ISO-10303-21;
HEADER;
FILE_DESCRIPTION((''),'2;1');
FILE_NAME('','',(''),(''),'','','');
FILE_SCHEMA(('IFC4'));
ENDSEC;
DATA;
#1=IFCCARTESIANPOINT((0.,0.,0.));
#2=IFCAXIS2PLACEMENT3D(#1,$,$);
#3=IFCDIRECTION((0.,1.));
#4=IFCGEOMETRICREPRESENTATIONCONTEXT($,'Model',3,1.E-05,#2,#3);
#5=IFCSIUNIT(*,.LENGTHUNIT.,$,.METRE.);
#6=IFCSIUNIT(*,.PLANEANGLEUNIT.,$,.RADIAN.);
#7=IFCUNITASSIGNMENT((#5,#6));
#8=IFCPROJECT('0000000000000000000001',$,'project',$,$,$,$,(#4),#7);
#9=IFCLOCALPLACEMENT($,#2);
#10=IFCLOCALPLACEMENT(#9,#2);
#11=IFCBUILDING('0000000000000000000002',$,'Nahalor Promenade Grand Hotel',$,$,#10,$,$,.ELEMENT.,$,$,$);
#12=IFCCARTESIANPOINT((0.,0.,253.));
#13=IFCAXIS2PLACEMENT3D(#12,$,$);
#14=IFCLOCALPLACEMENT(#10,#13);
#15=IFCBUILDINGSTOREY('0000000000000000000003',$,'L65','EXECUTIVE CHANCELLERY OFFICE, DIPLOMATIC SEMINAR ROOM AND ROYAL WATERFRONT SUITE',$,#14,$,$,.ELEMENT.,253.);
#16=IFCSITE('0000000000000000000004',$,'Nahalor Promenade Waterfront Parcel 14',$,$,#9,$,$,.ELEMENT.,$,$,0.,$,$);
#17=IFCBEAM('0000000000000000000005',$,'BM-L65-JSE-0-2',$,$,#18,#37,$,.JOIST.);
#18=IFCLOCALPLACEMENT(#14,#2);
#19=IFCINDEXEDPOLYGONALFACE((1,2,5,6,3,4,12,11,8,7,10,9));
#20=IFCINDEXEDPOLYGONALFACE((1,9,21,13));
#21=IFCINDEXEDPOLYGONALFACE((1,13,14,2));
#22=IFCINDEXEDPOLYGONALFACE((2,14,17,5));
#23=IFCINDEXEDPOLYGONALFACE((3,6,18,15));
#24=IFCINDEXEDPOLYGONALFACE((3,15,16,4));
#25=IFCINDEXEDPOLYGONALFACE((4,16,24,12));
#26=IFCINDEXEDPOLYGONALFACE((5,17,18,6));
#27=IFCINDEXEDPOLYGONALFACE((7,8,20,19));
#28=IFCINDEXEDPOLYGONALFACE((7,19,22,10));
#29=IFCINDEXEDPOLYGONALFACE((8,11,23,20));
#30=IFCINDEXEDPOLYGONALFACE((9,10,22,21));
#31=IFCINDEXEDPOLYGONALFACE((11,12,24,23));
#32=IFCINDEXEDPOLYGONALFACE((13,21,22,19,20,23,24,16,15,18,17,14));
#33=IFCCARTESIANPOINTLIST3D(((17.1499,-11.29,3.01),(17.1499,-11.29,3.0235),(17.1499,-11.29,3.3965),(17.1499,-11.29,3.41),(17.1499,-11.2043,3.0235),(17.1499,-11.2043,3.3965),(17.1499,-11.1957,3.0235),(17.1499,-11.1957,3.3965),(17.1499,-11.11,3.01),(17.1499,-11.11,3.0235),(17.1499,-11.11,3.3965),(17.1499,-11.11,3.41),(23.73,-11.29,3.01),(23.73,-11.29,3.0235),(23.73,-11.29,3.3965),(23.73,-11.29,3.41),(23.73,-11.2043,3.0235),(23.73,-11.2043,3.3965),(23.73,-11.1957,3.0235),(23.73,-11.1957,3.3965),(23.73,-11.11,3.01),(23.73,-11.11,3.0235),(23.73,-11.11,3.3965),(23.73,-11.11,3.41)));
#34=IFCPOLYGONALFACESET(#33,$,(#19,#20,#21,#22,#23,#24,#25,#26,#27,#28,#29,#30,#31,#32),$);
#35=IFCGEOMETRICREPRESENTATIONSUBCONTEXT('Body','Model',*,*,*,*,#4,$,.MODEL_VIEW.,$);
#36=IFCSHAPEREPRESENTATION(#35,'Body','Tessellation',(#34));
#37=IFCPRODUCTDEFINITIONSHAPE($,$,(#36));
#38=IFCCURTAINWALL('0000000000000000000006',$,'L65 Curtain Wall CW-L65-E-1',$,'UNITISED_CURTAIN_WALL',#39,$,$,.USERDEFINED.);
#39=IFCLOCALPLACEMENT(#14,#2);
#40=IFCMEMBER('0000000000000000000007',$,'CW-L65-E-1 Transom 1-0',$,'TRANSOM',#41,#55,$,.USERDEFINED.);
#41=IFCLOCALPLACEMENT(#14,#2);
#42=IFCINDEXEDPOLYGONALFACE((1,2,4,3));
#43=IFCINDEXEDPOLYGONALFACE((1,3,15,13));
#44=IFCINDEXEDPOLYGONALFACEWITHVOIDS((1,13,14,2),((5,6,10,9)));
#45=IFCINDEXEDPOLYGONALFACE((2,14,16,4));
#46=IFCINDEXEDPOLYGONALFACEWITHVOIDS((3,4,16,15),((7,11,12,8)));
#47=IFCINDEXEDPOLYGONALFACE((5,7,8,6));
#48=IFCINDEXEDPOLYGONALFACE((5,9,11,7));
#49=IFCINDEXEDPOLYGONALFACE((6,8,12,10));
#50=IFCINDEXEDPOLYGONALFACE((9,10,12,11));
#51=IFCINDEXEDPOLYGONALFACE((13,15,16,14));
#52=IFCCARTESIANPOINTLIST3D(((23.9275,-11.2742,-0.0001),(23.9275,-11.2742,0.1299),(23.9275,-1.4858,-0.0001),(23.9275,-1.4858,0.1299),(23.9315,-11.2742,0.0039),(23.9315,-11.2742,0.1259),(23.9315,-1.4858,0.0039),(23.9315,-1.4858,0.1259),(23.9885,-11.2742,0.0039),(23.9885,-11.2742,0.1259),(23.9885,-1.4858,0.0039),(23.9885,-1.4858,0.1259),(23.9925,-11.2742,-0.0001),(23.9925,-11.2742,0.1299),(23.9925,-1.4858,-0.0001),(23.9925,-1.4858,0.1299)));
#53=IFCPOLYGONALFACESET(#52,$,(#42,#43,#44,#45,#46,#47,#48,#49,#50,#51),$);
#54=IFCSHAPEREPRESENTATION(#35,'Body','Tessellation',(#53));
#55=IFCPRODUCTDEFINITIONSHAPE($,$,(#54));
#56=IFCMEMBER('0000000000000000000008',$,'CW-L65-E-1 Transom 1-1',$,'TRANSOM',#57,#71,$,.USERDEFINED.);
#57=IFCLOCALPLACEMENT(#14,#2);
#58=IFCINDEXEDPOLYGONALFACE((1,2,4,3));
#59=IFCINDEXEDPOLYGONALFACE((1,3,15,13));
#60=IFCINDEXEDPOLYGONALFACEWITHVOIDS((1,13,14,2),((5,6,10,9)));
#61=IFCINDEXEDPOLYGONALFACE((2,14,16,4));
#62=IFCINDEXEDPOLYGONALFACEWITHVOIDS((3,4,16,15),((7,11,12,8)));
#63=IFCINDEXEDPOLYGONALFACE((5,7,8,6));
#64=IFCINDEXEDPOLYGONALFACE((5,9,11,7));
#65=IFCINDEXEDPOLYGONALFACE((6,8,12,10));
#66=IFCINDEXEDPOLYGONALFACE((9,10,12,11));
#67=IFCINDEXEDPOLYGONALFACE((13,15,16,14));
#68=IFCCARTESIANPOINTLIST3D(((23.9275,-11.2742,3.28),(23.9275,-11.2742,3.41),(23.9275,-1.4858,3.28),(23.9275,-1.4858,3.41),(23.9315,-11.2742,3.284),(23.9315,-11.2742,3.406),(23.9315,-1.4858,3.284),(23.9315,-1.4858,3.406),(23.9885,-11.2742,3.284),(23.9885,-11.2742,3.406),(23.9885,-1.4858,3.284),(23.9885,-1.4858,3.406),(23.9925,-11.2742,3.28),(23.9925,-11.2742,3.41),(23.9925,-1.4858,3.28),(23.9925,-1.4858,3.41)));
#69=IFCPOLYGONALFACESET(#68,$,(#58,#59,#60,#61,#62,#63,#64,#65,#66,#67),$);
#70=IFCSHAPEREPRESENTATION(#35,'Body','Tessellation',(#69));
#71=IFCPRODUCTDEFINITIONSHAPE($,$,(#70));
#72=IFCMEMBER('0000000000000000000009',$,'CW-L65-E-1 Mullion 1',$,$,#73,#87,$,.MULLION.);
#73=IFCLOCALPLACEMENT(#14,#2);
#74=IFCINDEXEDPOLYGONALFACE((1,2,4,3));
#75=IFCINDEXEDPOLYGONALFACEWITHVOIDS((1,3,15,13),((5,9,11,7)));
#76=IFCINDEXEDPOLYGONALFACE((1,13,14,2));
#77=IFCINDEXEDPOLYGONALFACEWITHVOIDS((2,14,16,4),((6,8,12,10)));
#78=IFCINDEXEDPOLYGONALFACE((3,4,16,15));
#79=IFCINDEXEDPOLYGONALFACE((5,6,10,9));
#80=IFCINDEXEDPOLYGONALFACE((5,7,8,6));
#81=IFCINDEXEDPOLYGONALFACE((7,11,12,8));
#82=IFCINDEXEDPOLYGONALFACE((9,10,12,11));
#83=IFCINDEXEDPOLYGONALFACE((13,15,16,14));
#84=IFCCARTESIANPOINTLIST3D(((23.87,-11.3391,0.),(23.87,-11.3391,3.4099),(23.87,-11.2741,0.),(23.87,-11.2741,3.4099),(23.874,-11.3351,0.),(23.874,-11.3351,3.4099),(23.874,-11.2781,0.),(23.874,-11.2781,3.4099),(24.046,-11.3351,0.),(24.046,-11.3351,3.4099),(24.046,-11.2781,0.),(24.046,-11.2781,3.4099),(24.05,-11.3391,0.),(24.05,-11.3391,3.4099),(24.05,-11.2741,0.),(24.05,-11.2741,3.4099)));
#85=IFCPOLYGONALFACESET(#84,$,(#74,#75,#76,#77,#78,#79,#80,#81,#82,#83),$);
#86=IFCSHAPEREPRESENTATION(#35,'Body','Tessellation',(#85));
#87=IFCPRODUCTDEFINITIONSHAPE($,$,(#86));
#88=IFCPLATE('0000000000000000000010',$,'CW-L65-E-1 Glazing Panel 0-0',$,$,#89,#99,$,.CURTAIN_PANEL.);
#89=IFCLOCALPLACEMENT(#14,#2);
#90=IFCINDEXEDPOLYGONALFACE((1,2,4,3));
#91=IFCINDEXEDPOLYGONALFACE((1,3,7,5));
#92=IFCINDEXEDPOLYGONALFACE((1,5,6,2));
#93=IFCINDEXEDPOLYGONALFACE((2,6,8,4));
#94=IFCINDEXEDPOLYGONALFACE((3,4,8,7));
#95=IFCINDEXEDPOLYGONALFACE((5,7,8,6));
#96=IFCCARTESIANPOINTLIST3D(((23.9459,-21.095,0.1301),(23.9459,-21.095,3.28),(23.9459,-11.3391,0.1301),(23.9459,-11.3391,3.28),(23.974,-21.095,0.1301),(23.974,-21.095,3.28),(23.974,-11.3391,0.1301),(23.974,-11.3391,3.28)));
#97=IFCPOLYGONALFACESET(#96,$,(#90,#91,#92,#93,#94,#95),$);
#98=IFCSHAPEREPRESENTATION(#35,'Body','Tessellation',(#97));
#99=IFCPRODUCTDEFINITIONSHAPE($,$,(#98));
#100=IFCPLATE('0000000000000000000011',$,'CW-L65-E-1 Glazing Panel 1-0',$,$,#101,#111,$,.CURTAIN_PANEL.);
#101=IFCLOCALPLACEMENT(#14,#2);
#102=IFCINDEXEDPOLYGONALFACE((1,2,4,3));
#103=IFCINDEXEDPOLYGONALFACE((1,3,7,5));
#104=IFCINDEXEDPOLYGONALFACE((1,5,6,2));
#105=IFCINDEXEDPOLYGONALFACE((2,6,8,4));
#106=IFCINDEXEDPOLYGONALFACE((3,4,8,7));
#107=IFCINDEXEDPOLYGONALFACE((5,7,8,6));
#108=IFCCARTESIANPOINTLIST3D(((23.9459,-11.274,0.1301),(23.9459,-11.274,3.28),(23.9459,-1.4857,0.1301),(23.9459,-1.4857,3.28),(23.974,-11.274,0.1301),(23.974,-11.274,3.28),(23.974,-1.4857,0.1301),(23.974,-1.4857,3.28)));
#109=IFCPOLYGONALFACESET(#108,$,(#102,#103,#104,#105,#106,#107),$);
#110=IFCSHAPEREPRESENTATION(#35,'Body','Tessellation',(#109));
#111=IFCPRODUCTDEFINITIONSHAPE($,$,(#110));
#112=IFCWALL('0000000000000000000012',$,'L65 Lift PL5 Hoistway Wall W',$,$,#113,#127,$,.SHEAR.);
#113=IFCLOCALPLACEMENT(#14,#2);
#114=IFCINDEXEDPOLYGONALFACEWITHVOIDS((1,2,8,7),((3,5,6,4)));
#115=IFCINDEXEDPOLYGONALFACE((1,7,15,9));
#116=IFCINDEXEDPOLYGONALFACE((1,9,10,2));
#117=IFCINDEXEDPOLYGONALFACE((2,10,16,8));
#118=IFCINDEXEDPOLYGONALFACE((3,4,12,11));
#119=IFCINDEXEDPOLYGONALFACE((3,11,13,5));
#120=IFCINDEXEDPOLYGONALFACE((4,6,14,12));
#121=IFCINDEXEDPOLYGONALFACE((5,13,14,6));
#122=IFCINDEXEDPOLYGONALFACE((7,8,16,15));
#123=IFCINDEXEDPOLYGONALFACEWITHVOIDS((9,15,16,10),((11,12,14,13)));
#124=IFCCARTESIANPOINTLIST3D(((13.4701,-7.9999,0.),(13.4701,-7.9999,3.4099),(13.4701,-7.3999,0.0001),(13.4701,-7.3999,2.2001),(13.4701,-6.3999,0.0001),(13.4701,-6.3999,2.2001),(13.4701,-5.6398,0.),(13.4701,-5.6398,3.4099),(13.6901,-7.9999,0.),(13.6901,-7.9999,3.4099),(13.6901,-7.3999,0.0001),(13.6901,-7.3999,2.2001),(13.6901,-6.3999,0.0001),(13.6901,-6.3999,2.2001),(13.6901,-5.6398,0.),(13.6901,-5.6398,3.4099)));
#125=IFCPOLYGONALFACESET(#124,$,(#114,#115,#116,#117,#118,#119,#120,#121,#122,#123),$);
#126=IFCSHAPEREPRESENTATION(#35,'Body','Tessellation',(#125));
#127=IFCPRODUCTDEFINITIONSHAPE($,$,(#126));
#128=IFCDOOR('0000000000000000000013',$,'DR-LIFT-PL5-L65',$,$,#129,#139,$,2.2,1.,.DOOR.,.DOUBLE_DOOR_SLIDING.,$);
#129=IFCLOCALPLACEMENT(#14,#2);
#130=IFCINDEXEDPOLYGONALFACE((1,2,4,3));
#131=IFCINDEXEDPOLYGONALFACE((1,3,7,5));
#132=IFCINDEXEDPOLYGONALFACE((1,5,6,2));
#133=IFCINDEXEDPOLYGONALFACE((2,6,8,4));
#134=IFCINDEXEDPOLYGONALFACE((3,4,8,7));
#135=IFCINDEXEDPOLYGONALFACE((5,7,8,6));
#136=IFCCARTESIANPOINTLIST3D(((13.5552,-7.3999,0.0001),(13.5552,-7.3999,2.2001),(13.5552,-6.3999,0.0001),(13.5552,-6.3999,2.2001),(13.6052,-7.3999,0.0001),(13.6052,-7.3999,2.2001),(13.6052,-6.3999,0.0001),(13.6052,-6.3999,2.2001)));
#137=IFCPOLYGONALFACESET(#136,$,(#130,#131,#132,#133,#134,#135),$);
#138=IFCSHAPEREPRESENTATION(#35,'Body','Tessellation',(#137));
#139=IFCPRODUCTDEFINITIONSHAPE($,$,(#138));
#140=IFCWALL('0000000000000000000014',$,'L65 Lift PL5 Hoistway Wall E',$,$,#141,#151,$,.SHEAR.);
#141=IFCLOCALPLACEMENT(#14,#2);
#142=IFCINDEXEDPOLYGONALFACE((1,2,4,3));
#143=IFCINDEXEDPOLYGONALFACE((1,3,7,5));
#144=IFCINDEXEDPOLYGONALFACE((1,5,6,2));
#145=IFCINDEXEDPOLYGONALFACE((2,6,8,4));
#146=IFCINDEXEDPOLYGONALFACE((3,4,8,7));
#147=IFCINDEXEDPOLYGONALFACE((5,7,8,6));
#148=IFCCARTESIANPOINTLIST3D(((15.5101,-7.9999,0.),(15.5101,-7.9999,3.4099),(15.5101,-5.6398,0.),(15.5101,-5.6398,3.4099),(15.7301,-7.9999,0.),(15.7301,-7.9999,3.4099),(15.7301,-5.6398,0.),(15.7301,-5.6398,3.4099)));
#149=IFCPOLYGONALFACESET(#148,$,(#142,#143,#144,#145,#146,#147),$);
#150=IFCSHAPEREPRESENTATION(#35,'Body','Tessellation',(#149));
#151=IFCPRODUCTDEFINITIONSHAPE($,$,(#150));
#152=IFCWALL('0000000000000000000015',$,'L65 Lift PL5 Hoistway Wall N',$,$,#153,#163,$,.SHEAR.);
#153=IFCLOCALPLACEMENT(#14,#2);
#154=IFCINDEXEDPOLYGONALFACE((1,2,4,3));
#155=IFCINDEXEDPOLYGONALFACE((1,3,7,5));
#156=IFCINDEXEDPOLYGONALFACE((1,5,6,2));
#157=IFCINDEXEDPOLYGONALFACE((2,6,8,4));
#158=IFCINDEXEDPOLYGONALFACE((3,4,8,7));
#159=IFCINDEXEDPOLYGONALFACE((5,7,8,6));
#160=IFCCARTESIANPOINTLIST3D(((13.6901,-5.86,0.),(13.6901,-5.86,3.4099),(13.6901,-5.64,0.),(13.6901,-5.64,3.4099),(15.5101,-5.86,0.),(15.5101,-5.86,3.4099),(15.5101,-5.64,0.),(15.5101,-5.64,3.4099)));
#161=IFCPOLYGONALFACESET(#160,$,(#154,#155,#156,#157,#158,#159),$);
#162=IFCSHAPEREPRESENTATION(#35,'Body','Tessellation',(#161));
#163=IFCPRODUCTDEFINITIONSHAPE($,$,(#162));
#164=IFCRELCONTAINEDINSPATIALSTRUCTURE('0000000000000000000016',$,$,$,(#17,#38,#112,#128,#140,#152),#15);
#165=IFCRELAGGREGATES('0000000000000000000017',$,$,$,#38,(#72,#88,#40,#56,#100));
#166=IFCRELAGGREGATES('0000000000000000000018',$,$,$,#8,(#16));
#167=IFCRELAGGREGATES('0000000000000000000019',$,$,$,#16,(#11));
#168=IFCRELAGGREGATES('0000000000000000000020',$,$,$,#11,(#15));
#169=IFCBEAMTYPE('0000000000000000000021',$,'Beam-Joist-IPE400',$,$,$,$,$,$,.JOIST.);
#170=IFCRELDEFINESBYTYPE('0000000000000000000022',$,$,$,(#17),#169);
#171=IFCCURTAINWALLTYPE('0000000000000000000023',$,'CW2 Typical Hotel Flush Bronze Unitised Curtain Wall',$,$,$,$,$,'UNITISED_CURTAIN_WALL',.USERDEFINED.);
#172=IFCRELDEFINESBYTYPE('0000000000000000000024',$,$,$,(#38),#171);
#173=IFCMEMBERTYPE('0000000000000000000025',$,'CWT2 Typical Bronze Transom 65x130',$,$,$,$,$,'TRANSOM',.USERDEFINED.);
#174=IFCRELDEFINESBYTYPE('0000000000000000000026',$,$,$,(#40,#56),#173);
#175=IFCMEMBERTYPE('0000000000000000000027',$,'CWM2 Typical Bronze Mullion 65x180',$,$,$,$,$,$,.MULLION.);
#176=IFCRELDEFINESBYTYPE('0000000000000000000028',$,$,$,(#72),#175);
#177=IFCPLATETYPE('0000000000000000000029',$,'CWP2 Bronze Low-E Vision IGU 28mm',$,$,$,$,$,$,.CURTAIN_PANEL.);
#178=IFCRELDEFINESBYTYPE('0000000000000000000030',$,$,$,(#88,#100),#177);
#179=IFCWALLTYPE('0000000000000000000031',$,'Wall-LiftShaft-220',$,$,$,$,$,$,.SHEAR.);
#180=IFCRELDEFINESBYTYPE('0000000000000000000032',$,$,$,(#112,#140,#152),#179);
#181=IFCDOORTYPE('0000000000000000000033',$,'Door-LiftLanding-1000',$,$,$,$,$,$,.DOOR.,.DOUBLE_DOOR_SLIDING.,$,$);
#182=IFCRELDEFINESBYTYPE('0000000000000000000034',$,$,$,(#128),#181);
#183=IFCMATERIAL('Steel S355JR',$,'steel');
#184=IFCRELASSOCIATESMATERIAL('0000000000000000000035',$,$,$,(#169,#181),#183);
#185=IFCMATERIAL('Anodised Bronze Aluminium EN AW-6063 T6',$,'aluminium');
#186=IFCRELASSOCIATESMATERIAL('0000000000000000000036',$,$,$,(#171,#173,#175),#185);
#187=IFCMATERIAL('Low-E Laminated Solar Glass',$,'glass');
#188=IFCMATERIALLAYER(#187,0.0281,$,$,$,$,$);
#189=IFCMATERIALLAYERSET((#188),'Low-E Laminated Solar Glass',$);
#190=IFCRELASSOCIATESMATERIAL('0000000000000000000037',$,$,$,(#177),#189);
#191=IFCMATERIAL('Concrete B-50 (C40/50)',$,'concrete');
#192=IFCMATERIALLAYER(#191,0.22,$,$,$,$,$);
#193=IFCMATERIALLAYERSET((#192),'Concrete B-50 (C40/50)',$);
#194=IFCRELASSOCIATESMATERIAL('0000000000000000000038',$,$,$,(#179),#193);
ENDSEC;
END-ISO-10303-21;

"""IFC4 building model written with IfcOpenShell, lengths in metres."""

from ifc_helpers import new_model, si_unit, direction, frame, frame_2d, origin, origin_2d, place, context, subcontext, project, spatial, rectangle, hollow_rectangle, i_section, extrude, source, transform, mapped, material, layer, layer_set, material_profile, profile_set, type_object, element, fill, aggregate, save


model = new_model("IFC4")

# Units and contexts
model_context = context("Model", 3, precision=1e-05, world=origin(), true_north=direction((0.0, 1.0)))
body_context = subcontext(model_context, "Body", "Model", "MODEL_VIEW")
ifc_project = project(units=[si_unit("LENGTHUNIT", "METRE"), si_unit("PLANEANGLEUNIT", "RADIAN")], contexts=[model_context])

# Site, building, storey
site_placement = place(None, origin())
site = spatial("IfcSite", under=ifc_project, at=site_placement, Name="Nahalor Promenade Waterfront Parcel 14", CompositionType="ELEMENT", RefElevation=0.0)
building_placement = place(site_placement, origin())
building = spatial("IfcBuilding", under=site, at=building_placement, Name="Nahalor Promenade Grand Hotel", CompositionType="ELEMENT")
storey_placement = place(building_placement, frame((0.0, 0.0, 253.0)))
storey = spatial("IfcBuildingStorey", under=building, at=storey_placement, Name="L65", Description="EXECUTIVE CHANCELLERY OFFICE, DIPLOMATIC SEMINAR ROOM AND ROYAL WATERFRONT SUITE", CompositionType="ELEMENT", Elevation=253.0)

# Shared definitions
ifc_material_1 = material(Name="Steel S355JR", Category="steel")

# Beam
ifc_material_profile_1 = material_profile(ifc_material_1, i_section(OverallWidth=0.18, OverallDepth=0.4, WebThickness=0.0086, FlangeThickness=0.0135, at=origin_2d()), Name="IPE 400")
ifc_profile_set_1 = profile_set([ifc_material_profile_1], Name="Steel S355JR")
beam_type_1 = type_object("IfcBeamType", Name="Beam-Joist-IPE400", PredefinedType="JOIST", material=ifc_profile_set_1)
shared_shape_1 = source(origin(), body_context, "Body", "SweptSolid", [
    extrude(i_section(OverallWidth=0.18, OverallDepth=0.4, WebThickness=0.0086, FlangeThickness=0.0135, at=origin_2d()), origin(), (0.0, 0.0, 1.0), 6.5801),
])
beam_1_placement = place(storey_placement, frame((17.1499, -11.2, 3.21), z_axis=(1.0, 0.0, 0.0), x_axis=(0.0, 1.0, 0.0)))
element("IfcBeam", 1, at=beam_1_placement, inside=storey, type_object=beam_type_1, Name="BM-L65-JSE-0-2", PredefinedType="JOIST", context=body_context, shape_type="MappedRepresentation", body=[
    mapped(shared_shape_1, transform((0.0, 0.0, 0.0), scale=1.0)),
])

# Curtain wall, members, plates
ifc_material_2 = material(Name="Anodised Bronze Aluminium EN AW-6063 T6", Category="aluminium")
curtain_wall_type = type_object("IfcCurtainWallType", Name="CW2 Typical Hotel Flush Bronze Unitised Curtain Wall", ElementType="UNITISED_CURTAIN_WALL", PredefinedType="USERDEFINED", material=ifc_material_2)
curtain_wall_placement = place(storey_placement, origin())
curtain_wall = element("IfcCurtainWall", 2, at=curtain_wall_placement, inside=storey, type_object=curtain_wall_type, Name="L65 Curtain Wall CW-L65-E-1", ObjectType="UNITISED_CURTAIN_WALL", PredefinedType="USERDEFINED")
ifc_material_profile_2 = material_profile(ifc_material_2, hollow_rectangle(XDim=0.065, YDim=0.13, WallThickness=0.004, at=origin_2d()), Name="CWT 65x130x4")
ifc_profile_set_2 = profile_set([ifc_material_profile_2], Name="Anodised Bronze Aluminium EN AW-6063 T6")
member_type_1 = type_object("IfcMemberType", Name="CWT2 Typical Bronze Transom 65x130", ElementType="TRANSOM", PredefinedType="USERDEFINED", material=ifc_profile_set_2)
shared_shape_2 = source(origin(), body_context, "Body", "SweptSolid", [
    extrude(hollow_rectangle(XDim=0.065, YDim=0.13, WallThickness=0.004, at=origin_2d()), origin(), (0.0, 0.0, 1.0), 9.7883),
])
member_1_placement = place(storey_placement, frame((23.96, -11.2742, 0.0649), z_axis=(0.0, 1.0, 0.0), x_axis=(-1.0, 0.0, 0.0)))
member_1 = element("IfcMember", 3, at=member_1_placement, type_object=member_type_1, Name="CW-L65-E-1 Transom 1-0", ObjectType="TRANSOM", PredefinedType="USERDEFINED", context=body_context, shape_type="MappedRepresentation", body=[
    mapped(shared_shape_2, transform((0.0, 0.0, 0.0), scale=1.0)),
])
member_2_placement = place(storey_placement, frame((23.96, -11.2742, 3.345), z_axis=(0.0, 1.0, 0.0), x_axis=(-1.0, 0.0, 0.0)))
member_2 = element("IfcMember", 4, at=member_2_placement, type_object=member_type_1, Name="CW-L65-E-1 Transom 1-1", ObjectType="TRANSOM", PredefinedType="USERDEFINED", context=body_context, shape_type="MappedRepresentation", body=[
    mapped(shared_shape_2, transform((0.0, 0.0, 0.0), scale=1.0)),
])
ifc_material_profile_3 = material_profile(ifc_material_2, hollow_rectangle(XDim=0.065, YDim=0.18, WallThickness=0.004, at=origin_2d()), Name="CWM 65x180x4")
ifc_profile_set_3 = profile_set([ifc_material_profile_3], Name="Anodised Bronze Aluminium EN AW-6063 T6")
member_type_2 = type_object("IfcMemberType", Name="CWM2 Typical Bronze Mullion 65x180", PredefinedType="MULLION", material=ifc_profile_set_3)
shared_shape_3 = source(origin(), body_context, "Body", "SweptSolid", [
    extrude(hollow_rectangle(XDim=0.065, YDim=0.18, WallThickness=0.004, at=origin_2d()), origin(), (0.0, 0.0, 1.0), 3.4099),
])
member_3_placement = place(storey_placement, frame((23.96, -11.3066, 0.0), z_axis=(0.0, 0.0, 1.0), x_axis=(0.0, 1.0, 0.0)))
member_3 = element("IfcMember", 5, at=member_3_placement, type_object=member_type_2, Name="CW-L65-E-1 Mullion 1", PredefinedType="MULLION", context=body_context, shape_type="MappedRepresentation", body=[
    mapped(shared_shape_3, transform((0.0, 0.0, 0.0), scale=1.0)),
])
ifc_material_3 = material(Name="Low-E Laminated Solar Glass", Category="glass")
ifc_layer_1 = layer(ifc_material_3, 0.0281)
ifc_layer_set_1 = layer_set([ifc_layer_1], Name="Low-E Laminated Solar Glass")
plate_type = type_object("IfcPlateType", Name="CWP2 Bronze Low-E Vision IGU 28mm", PredefinedType="CURTAIN_PANEL", material=ifc_layer_set_1)
shared_shape_4 = source(origin(), body_context, "Body", "SweptSolid", [
    extrude(rectangle(XDim=9.7559, YDim=0.0281, at=origin_2d()), origin(), (0.0, 0.0, 1.0), 3.1499),
])
plate_1_placement = place(storey_placement, frame((23.96, -16.217, 0.1301), z_axis=(0.0, 0.0, 1.0), x_axis=(0.0, 1.0, 0.0)))
plate_1 = element("IfcPlate", 6, at=plate_1_placement, type_object=plate_type, Name="CW-L65-E-1 Glazing Panel 0-0", PredefinedType="CURTAIN_PANEL", context=body_context, shape_type="MappedRepresentation", body=[
    mapped(shared_shape_4, transform((0.0, 0.0, 0.0), scale=1.0)),
])
shared_shape_5 = source(origin(), body_context, "Body", "SweptSolid", [
    extrude(rectangle(XDim=9.7883, YDim=0.0281, at=origin_2d()), origin(), (0.0, 0.0, 1.0), 3.1499),
])
plate_2_placement = place(storey_placement, frame((23.96, -6.3799, 0.1301), z_axis=(0.0, 0.0, 1.0), x_axis=(0.0, 1.0, 0.0)))
plate_2 = element("IfcPlate", 7, at=plate_2_placement, type_object=plate_type, Name="CW-L65-E-1 Glazing Panel 1-0", PredefinedType="CURTAIN_PANEL", context=body_context, shape_type="MappedRepresentation", body=[
    mapped(shared_shape_5, transform((0.0, 0.0, 0.0), scale=1.0)),
])
aggregate(curtain_wall, [member_3, plate_1, member_1, member_2, plate_2])

# Wall, opening, door
ifc_material_4 = material(Name="Concrete B-50 (C40/50)", Category="concrete")
ifc_layer_2 = layer(ifc_material_4, 0.22)
ifc_layer_set_2 = layer_set([ifc_layer_2], Name="Concrete B-50 (C40/50)")
wall_type_1 = type_object("IfcWallType", Name="Wall-LiftShaft-220", PredefinedType="SHEAR", material=ifc_layer_set_2)
shared_shape_6 = source(origin(), body_context, "Body", "SweptSolid", [
    extrude(rectangle(XDim=2.3601, YDim=0.22, at=frame_2d((1.1802, 0.0))), origin(), (0.0, 0.0, 1.0), 3.4099),
])
wall_1_placement = place(storey_placement, frame((13.5801, -8.0, 0.0), z_axis=(0.0, 0.0, 1.0), x_axis=(0.0, 1.0, 0.0)))
wall_1 = element("IfcWall", 8, at=wall_1_placement, inside=storey, type_object=wall_type_1, Name="L65 Lift PL5 Hoistway Wall W", PredefinedType="SHEAR", context=body_context, shape_type="MappedRepresentation", body=[
    mapped(shared_shape_6, transform((0.0, 0.0, 0.0), scale=1.0)),
])
opening_1_placement = place(wall_1_placement, frame((0.6001, 0.0, 0.0)))
opening_1 = element("IfcOpeningElement", 9, at=opening_1_placement, cuts=wall_1, PredefinedType="OPENING", context=body_context, shape_type="SweptSolid", body=[
    extrude(rectangle(XDim=1.0, YDim=2.2, at=frame_2d((0.5, 1.1001))), frame((0.0, 0.1199, 0.0), z_axis=(0.0, -1.0, 0.0), x_axis=(1.0, 0.0, 0.0)), (0.0, 0.0, 1.0), 0.24),
])
door_type_1 = type_object("IfcDoorType", Name="Door-LiftLanding-1000", OperationType="DOUBLE_DOOR_SLIDING", PredefinedType="DOOR", material=ifc_material_1)
shared_shape_7 = source(origin(), body_context, "Body", "SweptSolid", [
    extrude(rectangle(XDim=1.0, YDim=2.2, at=frame_2d((0.5, 1.1001))), frame((0.0, 0.0249, 0.0), z_axis=(0.0, -1.0, 0.0), x_axis=(1.0, 0.0, 0.0)), (0.0, 0.0, 1.0), 0.05),
])
door_1_placement = place(opening_1_placement, origin())
door_1 = element("IfcDoor", 10, at=door_1_placement, inside=storey, type_object=door_type_1, Name="DR-LIFT-PL5-L65", OperationType="DOUBLE_DOOR_SLIDING", OverallHeight=2.2, OverallWidth=1.0, PredefinedType="DOOR", context=body_context, shape_type="MappedRepresentation", body=[
    mapped(shared_shape_7, transform((0.0, 0.0, 0.0), scale=1.0)),
])
fill(opening_1, door_1)

# Walls
wall_2_placement = place(storey_placement, frame((15.6201, -8.0, 0.0), z_axis=(0.0, 0.0, 1.0), x_axis=(0.0, 1.0, 0.0)))
element("IfcWall", 11, at=wall_2_placement, inside=storey, type_object=wall_type_1, Name="L65 Lift PL5 Hoistway Wall E", PredefinedType="SHEAR", context=body_context, shape_type="MappedRepresentation", body=[
    mapped(shared_shape_6, transform((0.0, 0.0, 0.0), scale=1.0)),
])
shared_shape_8 = source(origin(), body_context, "Body", "SweptSolid", [
    extrude(rectangle(XDim=1.8201, YDim=0.22, at=frame_2d((0.9102, 0.0))), origin(), (0.0, 0.0, 1.0), 3.4099),
])
wall_3_placement = place(storey_placement, frame((13.6899, -5.75, 0.0), z_axis=(0.0, 0.0, 1.0), x_axis=(1.0, 0.0, 0.0)))
element("IfcWall", 12, at=wall_3_placement, inside=storey, type_object=wall_type_1, Name="L65 Lift PL5 Hoistway Wall N", PredefinedType="SHEAR", context=body_context, shape_type="MappedRepresentation", body=[
    mapped(shared_shape_8, transform((0.0, 0.0, 0.0), scale=1.0)),
])

save(model, "model.ifc")
